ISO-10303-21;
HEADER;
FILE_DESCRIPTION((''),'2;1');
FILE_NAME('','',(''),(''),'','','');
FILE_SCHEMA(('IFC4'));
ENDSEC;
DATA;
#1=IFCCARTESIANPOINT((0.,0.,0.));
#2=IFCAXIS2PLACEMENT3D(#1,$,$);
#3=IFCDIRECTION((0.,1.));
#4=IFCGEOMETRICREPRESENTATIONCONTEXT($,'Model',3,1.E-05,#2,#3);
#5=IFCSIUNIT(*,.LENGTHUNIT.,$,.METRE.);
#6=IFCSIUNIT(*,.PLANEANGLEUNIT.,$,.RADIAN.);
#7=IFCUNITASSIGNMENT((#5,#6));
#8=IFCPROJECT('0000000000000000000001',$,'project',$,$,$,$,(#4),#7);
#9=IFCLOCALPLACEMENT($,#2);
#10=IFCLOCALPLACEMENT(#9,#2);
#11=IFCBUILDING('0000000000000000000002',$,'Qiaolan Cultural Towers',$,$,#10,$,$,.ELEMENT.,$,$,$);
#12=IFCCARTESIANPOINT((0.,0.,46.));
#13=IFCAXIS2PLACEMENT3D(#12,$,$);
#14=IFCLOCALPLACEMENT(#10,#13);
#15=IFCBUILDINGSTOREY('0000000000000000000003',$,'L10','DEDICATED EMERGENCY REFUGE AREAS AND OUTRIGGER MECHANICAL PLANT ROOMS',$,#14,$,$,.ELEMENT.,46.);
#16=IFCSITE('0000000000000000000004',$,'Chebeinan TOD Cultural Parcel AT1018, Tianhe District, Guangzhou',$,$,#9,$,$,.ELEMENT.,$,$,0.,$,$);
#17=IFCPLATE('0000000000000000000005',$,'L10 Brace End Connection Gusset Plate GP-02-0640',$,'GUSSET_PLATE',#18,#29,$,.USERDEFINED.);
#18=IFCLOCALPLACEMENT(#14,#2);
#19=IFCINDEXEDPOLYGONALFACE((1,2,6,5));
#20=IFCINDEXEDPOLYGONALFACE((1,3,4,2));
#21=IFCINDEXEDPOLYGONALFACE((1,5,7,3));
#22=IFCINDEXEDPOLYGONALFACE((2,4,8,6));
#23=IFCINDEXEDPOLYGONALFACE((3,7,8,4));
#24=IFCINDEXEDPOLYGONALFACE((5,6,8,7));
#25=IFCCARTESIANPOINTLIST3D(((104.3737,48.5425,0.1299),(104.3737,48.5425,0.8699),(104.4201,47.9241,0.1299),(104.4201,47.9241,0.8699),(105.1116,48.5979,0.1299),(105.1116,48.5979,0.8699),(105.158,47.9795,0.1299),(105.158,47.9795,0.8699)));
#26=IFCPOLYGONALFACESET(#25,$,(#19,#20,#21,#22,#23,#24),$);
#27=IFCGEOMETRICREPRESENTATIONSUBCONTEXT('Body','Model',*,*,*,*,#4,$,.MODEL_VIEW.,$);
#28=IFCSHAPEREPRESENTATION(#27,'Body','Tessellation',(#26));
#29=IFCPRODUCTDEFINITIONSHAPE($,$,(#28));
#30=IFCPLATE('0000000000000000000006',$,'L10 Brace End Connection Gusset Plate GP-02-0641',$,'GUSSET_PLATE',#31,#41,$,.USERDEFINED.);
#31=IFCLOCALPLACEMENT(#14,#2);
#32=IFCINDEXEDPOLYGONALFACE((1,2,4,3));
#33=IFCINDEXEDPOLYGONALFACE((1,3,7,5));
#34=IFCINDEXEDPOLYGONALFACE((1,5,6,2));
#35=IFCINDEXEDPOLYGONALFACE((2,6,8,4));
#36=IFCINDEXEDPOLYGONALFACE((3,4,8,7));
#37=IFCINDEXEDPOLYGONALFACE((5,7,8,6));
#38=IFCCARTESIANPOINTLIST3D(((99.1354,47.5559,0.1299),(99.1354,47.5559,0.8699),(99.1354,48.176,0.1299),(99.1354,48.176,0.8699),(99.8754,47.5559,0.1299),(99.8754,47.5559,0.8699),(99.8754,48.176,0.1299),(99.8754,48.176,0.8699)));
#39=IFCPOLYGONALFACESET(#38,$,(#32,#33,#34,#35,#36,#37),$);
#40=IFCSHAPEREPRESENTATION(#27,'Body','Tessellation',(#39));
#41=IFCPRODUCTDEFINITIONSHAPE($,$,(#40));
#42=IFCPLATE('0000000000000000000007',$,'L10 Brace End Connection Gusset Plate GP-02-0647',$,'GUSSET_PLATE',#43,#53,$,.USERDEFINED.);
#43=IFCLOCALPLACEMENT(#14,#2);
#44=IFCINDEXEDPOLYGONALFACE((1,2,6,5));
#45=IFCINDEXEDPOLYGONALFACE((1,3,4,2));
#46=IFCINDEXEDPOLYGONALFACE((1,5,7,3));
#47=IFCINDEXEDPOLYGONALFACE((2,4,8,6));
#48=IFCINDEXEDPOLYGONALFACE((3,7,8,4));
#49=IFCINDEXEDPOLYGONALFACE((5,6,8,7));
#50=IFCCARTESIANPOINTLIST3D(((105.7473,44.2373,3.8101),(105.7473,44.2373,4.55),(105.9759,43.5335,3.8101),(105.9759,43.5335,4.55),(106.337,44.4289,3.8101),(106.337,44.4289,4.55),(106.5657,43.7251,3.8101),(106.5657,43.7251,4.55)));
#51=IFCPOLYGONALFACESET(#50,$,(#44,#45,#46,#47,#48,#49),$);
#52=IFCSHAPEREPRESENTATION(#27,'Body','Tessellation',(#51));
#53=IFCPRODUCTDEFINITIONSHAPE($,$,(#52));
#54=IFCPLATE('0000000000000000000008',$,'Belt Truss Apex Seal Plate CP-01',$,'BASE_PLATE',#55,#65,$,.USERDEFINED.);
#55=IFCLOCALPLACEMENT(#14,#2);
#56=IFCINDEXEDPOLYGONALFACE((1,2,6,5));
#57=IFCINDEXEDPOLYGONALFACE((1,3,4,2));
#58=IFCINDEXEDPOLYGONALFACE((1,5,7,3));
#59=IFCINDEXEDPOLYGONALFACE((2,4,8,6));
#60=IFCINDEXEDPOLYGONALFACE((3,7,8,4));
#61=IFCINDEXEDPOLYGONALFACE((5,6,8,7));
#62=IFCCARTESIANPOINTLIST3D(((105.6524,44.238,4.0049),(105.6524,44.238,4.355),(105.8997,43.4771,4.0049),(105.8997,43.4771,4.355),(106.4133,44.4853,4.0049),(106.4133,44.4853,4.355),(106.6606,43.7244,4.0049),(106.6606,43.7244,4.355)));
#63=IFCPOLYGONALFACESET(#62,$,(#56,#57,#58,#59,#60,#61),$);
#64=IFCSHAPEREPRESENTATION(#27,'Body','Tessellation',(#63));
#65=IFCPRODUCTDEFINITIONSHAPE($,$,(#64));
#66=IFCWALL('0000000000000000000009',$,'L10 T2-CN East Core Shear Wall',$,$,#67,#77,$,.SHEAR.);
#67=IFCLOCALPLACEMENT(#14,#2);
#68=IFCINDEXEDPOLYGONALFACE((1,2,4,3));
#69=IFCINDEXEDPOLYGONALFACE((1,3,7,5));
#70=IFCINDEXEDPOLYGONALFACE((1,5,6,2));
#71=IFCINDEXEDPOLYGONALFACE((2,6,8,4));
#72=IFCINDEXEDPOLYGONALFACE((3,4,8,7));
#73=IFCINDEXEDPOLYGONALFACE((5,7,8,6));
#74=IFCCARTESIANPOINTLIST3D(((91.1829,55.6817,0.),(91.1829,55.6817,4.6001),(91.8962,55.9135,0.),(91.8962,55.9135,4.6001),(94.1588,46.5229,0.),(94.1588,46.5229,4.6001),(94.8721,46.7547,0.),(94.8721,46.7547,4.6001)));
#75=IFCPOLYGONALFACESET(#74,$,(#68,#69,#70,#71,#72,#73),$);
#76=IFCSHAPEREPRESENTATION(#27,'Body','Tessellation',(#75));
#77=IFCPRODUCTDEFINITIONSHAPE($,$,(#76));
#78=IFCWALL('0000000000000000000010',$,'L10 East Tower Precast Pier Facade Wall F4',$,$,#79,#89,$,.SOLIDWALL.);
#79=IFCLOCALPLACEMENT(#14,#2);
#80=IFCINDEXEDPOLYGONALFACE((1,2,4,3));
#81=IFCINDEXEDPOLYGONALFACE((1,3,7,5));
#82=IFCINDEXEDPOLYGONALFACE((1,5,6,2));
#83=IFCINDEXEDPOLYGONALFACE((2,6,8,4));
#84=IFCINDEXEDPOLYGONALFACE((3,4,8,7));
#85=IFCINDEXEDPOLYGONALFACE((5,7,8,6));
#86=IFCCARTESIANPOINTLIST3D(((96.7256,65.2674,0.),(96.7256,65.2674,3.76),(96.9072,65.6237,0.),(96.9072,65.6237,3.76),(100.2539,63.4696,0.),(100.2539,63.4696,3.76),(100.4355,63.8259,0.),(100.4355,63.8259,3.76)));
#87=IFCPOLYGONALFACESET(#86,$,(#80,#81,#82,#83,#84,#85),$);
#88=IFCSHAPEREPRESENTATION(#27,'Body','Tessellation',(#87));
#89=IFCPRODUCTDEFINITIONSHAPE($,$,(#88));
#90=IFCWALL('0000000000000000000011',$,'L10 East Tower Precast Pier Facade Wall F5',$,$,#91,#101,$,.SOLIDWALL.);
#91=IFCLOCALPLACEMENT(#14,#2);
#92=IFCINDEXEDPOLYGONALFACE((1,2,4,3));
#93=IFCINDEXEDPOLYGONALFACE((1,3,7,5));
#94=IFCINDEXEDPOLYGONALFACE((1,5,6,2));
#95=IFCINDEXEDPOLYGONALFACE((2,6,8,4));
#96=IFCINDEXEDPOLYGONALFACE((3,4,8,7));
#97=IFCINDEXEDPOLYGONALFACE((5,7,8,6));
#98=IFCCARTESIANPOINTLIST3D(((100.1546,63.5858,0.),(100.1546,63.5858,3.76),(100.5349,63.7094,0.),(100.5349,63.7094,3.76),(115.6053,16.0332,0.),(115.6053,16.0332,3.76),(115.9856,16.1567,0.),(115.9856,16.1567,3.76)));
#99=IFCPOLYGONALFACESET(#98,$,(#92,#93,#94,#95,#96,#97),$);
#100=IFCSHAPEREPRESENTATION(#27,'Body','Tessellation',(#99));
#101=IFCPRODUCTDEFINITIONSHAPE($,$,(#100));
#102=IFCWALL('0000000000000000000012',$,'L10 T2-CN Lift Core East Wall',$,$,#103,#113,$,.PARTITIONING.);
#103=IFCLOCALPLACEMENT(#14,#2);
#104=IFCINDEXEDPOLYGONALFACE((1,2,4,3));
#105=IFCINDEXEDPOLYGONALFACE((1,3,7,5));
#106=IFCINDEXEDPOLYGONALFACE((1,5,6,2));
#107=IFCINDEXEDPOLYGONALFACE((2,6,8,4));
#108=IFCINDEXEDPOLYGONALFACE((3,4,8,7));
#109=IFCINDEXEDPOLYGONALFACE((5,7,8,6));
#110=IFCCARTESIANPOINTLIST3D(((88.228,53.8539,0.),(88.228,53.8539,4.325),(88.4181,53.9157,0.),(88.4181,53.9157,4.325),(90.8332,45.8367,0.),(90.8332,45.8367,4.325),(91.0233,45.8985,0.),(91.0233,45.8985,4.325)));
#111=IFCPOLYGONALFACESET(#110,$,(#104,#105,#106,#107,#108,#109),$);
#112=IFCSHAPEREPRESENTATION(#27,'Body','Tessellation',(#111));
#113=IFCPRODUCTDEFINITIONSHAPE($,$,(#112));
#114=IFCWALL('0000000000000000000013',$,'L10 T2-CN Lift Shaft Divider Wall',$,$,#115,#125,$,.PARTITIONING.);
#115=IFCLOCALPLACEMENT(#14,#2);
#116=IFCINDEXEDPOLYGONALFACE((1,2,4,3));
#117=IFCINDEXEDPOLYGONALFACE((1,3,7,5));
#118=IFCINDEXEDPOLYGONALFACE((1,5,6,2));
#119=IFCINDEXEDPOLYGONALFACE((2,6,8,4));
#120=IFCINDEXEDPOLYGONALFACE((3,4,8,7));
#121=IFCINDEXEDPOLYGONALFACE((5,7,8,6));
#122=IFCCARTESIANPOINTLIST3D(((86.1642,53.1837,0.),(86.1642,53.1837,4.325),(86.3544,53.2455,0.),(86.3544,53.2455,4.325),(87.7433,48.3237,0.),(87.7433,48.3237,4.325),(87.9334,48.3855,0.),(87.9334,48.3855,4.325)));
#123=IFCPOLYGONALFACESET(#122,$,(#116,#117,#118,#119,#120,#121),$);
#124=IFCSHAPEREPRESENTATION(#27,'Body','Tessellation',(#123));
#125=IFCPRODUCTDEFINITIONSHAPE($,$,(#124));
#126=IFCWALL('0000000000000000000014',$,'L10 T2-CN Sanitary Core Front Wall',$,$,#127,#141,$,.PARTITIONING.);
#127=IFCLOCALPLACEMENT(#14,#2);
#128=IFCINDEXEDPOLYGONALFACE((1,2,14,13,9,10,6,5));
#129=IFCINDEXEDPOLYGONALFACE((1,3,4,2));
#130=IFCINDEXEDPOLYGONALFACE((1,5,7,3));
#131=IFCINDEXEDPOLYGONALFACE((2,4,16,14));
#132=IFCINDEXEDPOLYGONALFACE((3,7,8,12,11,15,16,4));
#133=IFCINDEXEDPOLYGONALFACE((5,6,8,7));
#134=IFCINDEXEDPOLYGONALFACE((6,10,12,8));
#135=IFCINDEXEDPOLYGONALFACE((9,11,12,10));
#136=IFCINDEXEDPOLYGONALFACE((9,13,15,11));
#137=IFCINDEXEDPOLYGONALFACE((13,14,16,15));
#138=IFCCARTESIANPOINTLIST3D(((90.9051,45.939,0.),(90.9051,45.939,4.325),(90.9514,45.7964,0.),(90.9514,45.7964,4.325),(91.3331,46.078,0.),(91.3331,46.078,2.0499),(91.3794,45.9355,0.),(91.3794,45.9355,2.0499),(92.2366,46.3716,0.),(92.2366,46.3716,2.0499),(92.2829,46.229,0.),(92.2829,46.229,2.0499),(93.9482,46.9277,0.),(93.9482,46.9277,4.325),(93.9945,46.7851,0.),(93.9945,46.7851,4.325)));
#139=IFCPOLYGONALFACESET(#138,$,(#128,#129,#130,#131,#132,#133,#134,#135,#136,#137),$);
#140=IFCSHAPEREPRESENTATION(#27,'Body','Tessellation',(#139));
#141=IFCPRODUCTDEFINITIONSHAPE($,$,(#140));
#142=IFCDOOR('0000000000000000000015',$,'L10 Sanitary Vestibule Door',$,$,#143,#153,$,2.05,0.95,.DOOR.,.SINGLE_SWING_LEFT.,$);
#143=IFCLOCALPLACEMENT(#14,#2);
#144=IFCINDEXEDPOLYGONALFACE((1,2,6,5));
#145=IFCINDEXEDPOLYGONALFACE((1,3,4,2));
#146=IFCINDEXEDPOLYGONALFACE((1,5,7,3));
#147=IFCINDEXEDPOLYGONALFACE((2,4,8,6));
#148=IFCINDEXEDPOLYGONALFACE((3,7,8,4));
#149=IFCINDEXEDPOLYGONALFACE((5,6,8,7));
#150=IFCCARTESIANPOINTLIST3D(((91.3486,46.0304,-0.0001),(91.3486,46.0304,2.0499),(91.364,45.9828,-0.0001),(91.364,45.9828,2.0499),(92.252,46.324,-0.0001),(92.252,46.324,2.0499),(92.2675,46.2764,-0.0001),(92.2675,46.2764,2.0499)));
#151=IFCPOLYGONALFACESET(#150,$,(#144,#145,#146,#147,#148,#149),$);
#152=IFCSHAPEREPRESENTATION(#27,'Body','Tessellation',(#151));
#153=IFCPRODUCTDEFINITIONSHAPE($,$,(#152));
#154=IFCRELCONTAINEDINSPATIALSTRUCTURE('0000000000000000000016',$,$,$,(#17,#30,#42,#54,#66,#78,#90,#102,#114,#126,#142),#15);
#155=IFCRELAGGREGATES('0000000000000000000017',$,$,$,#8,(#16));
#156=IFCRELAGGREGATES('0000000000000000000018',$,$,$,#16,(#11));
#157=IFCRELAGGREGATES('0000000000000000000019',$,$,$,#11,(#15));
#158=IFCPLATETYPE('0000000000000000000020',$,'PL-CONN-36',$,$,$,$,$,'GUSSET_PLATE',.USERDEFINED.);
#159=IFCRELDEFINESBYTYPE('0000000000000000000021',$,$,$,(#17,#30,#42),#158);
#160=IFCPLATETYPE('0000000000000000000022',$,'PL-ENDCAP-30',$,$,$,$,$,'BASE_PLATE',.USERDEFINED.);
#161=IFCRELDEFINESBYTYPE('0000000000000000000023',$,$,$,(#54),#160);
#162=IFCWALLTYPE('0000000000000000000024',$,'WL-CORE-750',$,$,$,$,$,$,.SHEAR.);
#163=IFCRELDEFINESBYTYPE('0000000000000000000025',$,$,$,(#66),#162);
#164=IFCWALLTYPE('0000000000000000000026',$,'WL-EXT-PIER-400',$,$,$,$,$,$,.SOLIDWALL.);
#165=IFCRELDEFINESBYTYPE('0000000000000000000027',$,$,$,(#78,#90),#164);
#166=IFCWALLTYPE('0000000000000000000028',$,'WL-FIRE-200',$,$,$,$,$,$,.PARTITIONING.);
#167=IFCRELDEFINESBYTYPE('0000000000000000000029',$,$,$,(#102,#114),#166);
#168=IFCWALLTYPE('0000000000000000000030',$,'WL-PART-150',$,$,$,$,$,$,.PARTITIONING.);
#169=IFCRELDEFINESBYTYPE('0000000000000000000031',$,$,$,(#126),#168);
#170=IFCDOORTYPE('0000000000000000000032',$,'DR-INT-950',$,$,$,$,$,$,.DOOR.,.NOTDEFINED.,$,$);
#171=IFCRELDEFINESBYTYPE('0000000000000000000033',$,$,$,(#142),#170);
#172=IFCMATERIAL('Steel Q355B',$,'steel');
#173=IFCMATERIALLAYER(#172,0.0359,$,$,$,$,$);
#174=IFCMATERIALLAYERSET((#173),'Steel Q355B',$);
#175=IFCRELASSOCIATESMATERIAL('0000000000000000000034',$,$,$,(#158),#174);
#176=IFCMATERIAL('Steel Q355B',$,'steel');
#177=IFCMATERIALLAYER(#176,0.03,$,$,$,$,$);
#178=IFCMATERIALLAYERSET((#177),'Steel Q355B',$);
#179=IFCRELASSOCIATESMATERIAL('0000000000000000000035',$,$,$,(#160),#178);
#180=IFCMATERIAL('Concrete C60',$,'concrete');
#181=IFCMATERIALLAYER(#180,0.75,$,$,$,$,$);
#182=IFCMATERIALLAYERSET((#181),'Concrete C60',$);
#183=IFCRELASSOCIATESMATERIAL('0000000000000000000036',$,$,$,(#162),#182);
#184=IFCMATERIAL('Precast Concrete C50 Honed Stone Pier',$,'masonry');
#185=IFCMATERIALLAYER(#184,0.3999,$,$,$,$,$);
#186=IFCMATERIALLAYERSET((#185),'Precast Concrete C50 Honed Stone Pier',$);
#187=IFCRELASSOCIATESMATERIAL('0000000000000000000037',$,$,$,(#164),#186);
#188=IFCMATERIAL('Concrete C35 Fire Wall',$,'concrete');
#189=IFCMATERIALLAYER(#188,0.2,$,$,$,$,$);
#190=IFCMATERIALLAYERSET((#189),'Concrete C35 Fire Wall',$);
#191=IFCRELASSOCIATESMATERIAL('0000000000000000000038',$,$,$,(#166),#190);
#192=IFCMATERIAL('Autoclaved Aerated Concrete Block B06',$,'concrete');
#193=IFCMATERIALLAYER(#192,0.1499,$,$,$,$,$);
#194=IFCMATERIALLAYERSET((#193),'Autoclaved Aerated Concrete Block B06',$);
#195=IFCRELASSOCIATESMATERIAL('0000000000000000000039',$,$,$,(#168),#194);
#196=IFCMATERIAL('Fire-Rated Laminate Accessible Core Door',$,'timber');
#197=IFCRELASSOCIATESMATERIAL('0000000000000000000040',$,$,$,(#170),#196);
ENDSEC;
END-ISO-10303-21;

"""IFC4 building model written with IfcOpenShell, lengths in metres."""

from ifc_helpers import new_model, si_unit, direction, frame, frame_2d, origin, origin_2d, place, context, subcontext, project, spatial, rectangle, extrude, material, layer, layer_set, type_object, element, fill, save


model = new_model("IFC4")

# Units and contexts
model_context = context("Model", 3, precision=1e-05, world=origin(), true_north=direction((0.0, 1.0)))
body_context = subcontext(model_context, "Body", "Model", "MODEL_VIEW")
ifc_project = project(units=[si_unit("LENGTHUNIT", "METRE"), si_unit("PLANEANGLEUNIT", "RADIAN")], contexts=[model_context])

# Site, building, storey
site_placement = place(None, origin())
site = spatial("IfcSite", under=ifc_project, at=site_placement, Name="Chebeinan TOD Cultural Parcel AT1018, Tianhe District, Guangzhou", CompositionType="ELEMENT", RefElevation=0.0)
building_placement = place(site_placement, origin())
building = spatial("IfcBuilding", under=site, at=building_placement, Name="Qiaolan Cultural Towers", CompositionType="ELEMENT")
storey_placement = place(building_placement, frame((0.0, 0.0, 46.0)))
storey = spatial("IfcBuildingStorey", under=building, at=storey_placement, Name="L10", Description="DEDICATED EMERGENCY REFUGE AREAS AND OUTRIGGER MECHANICAL PLANT ROOMS", CompositionType="ELEMENT", Elevation=46.0)

# Plates
ifc_material_1 = material(Name="Steel Q355B", Category="steel")
ifc_layer_1 = layer(ifc_material_1, 0.0359)
ifc_layer_set_1 = layer_set([ifc_layer_1], Name="Steel Q355B")
plate_type_1 = type_object("IfcPlateType", Name="PL-CONN-36", ElementType="GUSSET_PLATE", PredefinedType="USERDEFINED", material=ifc_layer_set_1)
for number, where, z_axis, x_axis, name in (
    (1, (104.7659, 48.261, 0.1299), (0.0, 0.0, 1.0), (0.997194, 0.074858, 0.0), "L10 Brace End Connection Gusset Plate GP-02-0640"),
    (2, (99.5054, 47.866, 0.1299), (0.0, 0.0, 1.0), (1.0, 0.0, 0.0), "L10 Brace End Connection Gusset Plate GP-02-0641"),
    (3, (106.1565, 43.9812, 3.8101), (0.0, 0.0, 1.0), (-0.309017, 0.951057, 0.0), "L10 Brace End Connection Gusset Plate GP-02-0647"),
):
    element("IfcPlate", number, at=place(storey_placement, frame(where, z_axis=z_axis, x_axis=x_axis)), inside=storey, type_object=plate_type_1, Name=name, ObjectType="GUSSET_PLATE", PredefinedType="USERDEFINED", context=body_context, shape_type="SweptSolid", body=[
        extrude(rectangle(XDim=0.74, YDim=0.6201, at=origin_2d()), origin(), (0.0, 0.0, 1.0), 0.74),
    ])
ifc_material_2 = material(Name="Steel Q355B", Category="steel")
ifc_layer_2 = layer(ifc_material_2, 0.03)
ifc_layer_set_2 = layer_set([ifc_layer_2], Name="Steel Q355B")
plate_type_2 = type_object("IfcPlateType", Name="PL-ENDCAP-30", ElementType="BASE_PLATE", PredefinedType="USERDEFINED", material=ifc_layer_set_2)
plate_placement = place(storey_placement, frame((106.1565, 43.9812, 4.0049), z_axis=(0.0, 0.0, 1.0), x_axis=(0.951057, 0.309017, 0.0)))
element("IfcPlate", 4, at=plate_placement, inside=storey, type_object=plate_type_2, Name="Belt Truss Apex Seal Plate CP-01", ObjectType="BASE_PLATE", PredefinedType="USERDEFINED", context=body_context, shape_type="SweptSolid", body=[
    extrude(rectangle(XDim=0.8, YDim=0.8, at=origin_2d()), origin(), (0.0, 0.0, 1.0), 0.3501),
])

# Walls
ifc_material_3 = material(Name="Concrete C60", Category="concrete")
ifc_layer_3 = layer(ifc_material_3, 0.75)
ifc_layer_set_3 = layer_set([ifc_layer_3], Name="Concrete C60")
wall_type_1 = type_object("IfcWallType", Name="WL-CORE-750", PredefinedType="SHEAR", material=ifc_layer_set_3)
wall_1_placement = place(storey_placement, frame((94.5154, 46.6389, 0.0), z_axis=(0.0, 0.0, 1.0), x_axis=(-0.309016, 0.951057, 0.0)))
element("IfcWall", 5, at=wall_1_placement, inside=storey, type_object=wall_type_1, Name="L10 T2-CN East Core Shear Wall", PredefinedType="SHEAR", context=body_context, shape_type="SweptSolid", body=[
    extrude(rectangle(XDim=9.6301, YDim=0.75, at=frame_2d((4.8149, 0.0))), origin(), (0.0, 0.0, 1.0), 4.6001),
])
ifc_material_4 = material(Name="Precast Concrete C50 Honed Stone Pier", Category="masonry")
ifc_layer_4 = layer(ifc_material_4, 0.3999)
ifc_layer_set_4 = layer_set([ifc_layer_4], Name="Precast Concrete C50 Honed Stone Pier")
wall_type_2 = type_object("IfcWallType", Name="WL-EXT-PIER-400", PredefinedType="SOLIDWALL", material=ifc_layer_set_4)
wall_2_placement = place(storey_placement, frame((96.8164, 65.4456, 0.0), z_axis=(0.0, 0.0, 1.0), x_axis=(0.890998, -0.454007, 0.0)))
element("IfcWall", 6, at=wall_2_placement, inside=storey, type_object=wall_type_2, Name="L10 East Tower Precast Pier Facade Wall F4", PredefinedType="SOLIDWALL", context=body_context, shape_type="SweptSolid", body=[
    extrude(rectangle(XDim=3.96, YDim=0.3999, at=frame_2d((1.98, 0.0))), origin(), (0.0, 0.0, 1.0), 3.76),
])
wall_3_placement = place(storey_placement, frame((100.3447, 63.6477, 0.0), z_axis=(0.0, 0.0, 1.0), x_axis=(0.309015, -0.951057, 0.0)))
element("IfcWall", 7, at=wall_3_placement, inside=storey, type_object=wall_type_2, Name="L10 East Tower Precast Pier Facade Wall F5", PredefinedType="SOLIDWALL", context=body_context, shape_type="SweptSolid", body=[
    extrude(rectangle(XDim=49.9998, YDim=0.3999, at=frame_2d((25.0, 0.0))), origin(), (0.0, 0.0, 1.0), 3.76),
])
ifc_material_5 = material(Name="Concrete C35 Fire Wall", Category="concrete")
ifc_layer_5 = layer(ifc_material_5, 0.2)
ifc_layer_set_5 = layer_set([ifc_layer_5], Name="Concrete C35 Fire Wall")
wall_type_3 = type_object("IfcWallType", Name="WL-FIRE-200", PredefinedType="PARTITIONING", material=ifc_layer_set_5)
wall_4_placement = place(storey_placement, frame((90.9282, 45.8677, 0.0), z_axis=(0.0, 0.0, 1.0), x_axis=(-0.309042, 0.951048, 0.0)))
element("IfcWall", 8, at=wall_4_placement, inside=storey, type_object=wall_type_3, Name="L10 T2-CN Lift Core East Wall", PredefinedType="PARTITIONING", context=body_context, shape_type="SweptSolid", body=[
    extrude(rectangle(XDim=8.4299, YDim=0.2, at=frame_2d((4.2148, 0.0))), origin(), (0.0, 0.0, 1.0), 4.325),
])
wall_5_placement = place(storey_placement, frame((87.8384, 48.3545, 0.0), z_axis=(0.0, 0.0, 1.0), x_axis=(-0.309009, 0.951059, 0.0)))
element("IfcWall", 9, at=wall_5_placement, inside=storey, type_object=wall_type_3, Name="L10 T2-CN Lift Shaft Divider Wall", PredefinedType="PARTITIONING", context=body_context, shape_type="SweptSolid", body=[
    extrude(rectangle(XDim=5.1101, YDim=0.2, at=frame_2d((2.5552, 0.0))), origin(), (0.0, 0.0, 1.0), 4.325),
])

# Wall, opening, door
ifc_material_6 = material(Name="Autoclaved Aerated Concrete Block B06", Category="concrete")
ifc_layer_6 = layer(ifc_material_6, 0.1499)
ifc_layer_set_6 = layer_set([ifc_layer_6], Name="Autoclaved Aerated Concrete Block B06")
wall_type_4 = type_object("IfcWallType", Name="WL-PART-150", PredefinedType="PARTITIONING", material=ifc_layer_set_6)
wall_6_placement = place(storey_placement, frame((90.9282, 45.8677, 0.0), z_axis=(0.0, 0.0, 1.0), x_axis=(0.951059, 0.309008, 0.0)))
wall_6 = element("IfcWall", 10, at=wall_6_placement, inside=storey, type_object=wall_type_4, Name="L10 T2-CN Sanitary Core Front Wall", PredefinedType="PARTITIONING", context=body_context, shape_type="SweptSolid", body=[
    extrude(rectangle(XDim=3.1997, YDim=0.1499, at=frame_2d((1.5999, 0.0))), origin(), (0.0, 0.0, 1.0), 4.325),
])
opening_1_placement = place(wall_6_placement, frame((0.45, 0.0, 0.0)))
opening_1 = element("IfcOpeningElement", 11, at=opening_1_placement, cuts=wall_6, PredefinedType="OPENING", context=body_context, shape_type="SweptSolid", body=[
    extrude(rectangle(XDim=0.95, YDim=2.05, at=frame_2d((0.4751, 1.0249))), frame((0.0, 0.085, 0.0), z_axis=(0.0, -1.0, 0.0), x_axis=(1.0, 0.0, 0.0)), (0.0, 0.0, 1.0), 0.1699),
])
ifc_material_7 = material(Name="Fire-Rated Laminate Accessible Core Door", Category="timber")
door_type_1 = type_object("IfcDoorType", Name="DR-INT-950", OperationType="NOTDEFINED", PredefinedType="DOOR", material=ifc_material_7)
door_1_placement = place(opening_1_placement, origin())
door_1 = element("IfcDoor", 12, at=door_1_placement, inside=storey, type_object=door_type_1, Name="L10 Sanitary Vestibule Door", OperationType="SINGLE_SWING_LEFT", OverallHeight=2.05, OverallWidth=0.95, PredefinedType="DOOR", context=body_context, shape_type="SweptSolid", body=[
    extrude(rectangle(XDim=0.95, YDim=2.05, at=frame_2d((0.4751, 1.0249))), frame((0.0, 0.0249, 0.0), z_axis=(0.0, -1.0, 0.0), x_axis=(1.0, 0.0, 0.0)), (0.0, 0.0, 1.0), 0.05),
])
fill(opening_1, door_1)

save(model, "model.ifc")
